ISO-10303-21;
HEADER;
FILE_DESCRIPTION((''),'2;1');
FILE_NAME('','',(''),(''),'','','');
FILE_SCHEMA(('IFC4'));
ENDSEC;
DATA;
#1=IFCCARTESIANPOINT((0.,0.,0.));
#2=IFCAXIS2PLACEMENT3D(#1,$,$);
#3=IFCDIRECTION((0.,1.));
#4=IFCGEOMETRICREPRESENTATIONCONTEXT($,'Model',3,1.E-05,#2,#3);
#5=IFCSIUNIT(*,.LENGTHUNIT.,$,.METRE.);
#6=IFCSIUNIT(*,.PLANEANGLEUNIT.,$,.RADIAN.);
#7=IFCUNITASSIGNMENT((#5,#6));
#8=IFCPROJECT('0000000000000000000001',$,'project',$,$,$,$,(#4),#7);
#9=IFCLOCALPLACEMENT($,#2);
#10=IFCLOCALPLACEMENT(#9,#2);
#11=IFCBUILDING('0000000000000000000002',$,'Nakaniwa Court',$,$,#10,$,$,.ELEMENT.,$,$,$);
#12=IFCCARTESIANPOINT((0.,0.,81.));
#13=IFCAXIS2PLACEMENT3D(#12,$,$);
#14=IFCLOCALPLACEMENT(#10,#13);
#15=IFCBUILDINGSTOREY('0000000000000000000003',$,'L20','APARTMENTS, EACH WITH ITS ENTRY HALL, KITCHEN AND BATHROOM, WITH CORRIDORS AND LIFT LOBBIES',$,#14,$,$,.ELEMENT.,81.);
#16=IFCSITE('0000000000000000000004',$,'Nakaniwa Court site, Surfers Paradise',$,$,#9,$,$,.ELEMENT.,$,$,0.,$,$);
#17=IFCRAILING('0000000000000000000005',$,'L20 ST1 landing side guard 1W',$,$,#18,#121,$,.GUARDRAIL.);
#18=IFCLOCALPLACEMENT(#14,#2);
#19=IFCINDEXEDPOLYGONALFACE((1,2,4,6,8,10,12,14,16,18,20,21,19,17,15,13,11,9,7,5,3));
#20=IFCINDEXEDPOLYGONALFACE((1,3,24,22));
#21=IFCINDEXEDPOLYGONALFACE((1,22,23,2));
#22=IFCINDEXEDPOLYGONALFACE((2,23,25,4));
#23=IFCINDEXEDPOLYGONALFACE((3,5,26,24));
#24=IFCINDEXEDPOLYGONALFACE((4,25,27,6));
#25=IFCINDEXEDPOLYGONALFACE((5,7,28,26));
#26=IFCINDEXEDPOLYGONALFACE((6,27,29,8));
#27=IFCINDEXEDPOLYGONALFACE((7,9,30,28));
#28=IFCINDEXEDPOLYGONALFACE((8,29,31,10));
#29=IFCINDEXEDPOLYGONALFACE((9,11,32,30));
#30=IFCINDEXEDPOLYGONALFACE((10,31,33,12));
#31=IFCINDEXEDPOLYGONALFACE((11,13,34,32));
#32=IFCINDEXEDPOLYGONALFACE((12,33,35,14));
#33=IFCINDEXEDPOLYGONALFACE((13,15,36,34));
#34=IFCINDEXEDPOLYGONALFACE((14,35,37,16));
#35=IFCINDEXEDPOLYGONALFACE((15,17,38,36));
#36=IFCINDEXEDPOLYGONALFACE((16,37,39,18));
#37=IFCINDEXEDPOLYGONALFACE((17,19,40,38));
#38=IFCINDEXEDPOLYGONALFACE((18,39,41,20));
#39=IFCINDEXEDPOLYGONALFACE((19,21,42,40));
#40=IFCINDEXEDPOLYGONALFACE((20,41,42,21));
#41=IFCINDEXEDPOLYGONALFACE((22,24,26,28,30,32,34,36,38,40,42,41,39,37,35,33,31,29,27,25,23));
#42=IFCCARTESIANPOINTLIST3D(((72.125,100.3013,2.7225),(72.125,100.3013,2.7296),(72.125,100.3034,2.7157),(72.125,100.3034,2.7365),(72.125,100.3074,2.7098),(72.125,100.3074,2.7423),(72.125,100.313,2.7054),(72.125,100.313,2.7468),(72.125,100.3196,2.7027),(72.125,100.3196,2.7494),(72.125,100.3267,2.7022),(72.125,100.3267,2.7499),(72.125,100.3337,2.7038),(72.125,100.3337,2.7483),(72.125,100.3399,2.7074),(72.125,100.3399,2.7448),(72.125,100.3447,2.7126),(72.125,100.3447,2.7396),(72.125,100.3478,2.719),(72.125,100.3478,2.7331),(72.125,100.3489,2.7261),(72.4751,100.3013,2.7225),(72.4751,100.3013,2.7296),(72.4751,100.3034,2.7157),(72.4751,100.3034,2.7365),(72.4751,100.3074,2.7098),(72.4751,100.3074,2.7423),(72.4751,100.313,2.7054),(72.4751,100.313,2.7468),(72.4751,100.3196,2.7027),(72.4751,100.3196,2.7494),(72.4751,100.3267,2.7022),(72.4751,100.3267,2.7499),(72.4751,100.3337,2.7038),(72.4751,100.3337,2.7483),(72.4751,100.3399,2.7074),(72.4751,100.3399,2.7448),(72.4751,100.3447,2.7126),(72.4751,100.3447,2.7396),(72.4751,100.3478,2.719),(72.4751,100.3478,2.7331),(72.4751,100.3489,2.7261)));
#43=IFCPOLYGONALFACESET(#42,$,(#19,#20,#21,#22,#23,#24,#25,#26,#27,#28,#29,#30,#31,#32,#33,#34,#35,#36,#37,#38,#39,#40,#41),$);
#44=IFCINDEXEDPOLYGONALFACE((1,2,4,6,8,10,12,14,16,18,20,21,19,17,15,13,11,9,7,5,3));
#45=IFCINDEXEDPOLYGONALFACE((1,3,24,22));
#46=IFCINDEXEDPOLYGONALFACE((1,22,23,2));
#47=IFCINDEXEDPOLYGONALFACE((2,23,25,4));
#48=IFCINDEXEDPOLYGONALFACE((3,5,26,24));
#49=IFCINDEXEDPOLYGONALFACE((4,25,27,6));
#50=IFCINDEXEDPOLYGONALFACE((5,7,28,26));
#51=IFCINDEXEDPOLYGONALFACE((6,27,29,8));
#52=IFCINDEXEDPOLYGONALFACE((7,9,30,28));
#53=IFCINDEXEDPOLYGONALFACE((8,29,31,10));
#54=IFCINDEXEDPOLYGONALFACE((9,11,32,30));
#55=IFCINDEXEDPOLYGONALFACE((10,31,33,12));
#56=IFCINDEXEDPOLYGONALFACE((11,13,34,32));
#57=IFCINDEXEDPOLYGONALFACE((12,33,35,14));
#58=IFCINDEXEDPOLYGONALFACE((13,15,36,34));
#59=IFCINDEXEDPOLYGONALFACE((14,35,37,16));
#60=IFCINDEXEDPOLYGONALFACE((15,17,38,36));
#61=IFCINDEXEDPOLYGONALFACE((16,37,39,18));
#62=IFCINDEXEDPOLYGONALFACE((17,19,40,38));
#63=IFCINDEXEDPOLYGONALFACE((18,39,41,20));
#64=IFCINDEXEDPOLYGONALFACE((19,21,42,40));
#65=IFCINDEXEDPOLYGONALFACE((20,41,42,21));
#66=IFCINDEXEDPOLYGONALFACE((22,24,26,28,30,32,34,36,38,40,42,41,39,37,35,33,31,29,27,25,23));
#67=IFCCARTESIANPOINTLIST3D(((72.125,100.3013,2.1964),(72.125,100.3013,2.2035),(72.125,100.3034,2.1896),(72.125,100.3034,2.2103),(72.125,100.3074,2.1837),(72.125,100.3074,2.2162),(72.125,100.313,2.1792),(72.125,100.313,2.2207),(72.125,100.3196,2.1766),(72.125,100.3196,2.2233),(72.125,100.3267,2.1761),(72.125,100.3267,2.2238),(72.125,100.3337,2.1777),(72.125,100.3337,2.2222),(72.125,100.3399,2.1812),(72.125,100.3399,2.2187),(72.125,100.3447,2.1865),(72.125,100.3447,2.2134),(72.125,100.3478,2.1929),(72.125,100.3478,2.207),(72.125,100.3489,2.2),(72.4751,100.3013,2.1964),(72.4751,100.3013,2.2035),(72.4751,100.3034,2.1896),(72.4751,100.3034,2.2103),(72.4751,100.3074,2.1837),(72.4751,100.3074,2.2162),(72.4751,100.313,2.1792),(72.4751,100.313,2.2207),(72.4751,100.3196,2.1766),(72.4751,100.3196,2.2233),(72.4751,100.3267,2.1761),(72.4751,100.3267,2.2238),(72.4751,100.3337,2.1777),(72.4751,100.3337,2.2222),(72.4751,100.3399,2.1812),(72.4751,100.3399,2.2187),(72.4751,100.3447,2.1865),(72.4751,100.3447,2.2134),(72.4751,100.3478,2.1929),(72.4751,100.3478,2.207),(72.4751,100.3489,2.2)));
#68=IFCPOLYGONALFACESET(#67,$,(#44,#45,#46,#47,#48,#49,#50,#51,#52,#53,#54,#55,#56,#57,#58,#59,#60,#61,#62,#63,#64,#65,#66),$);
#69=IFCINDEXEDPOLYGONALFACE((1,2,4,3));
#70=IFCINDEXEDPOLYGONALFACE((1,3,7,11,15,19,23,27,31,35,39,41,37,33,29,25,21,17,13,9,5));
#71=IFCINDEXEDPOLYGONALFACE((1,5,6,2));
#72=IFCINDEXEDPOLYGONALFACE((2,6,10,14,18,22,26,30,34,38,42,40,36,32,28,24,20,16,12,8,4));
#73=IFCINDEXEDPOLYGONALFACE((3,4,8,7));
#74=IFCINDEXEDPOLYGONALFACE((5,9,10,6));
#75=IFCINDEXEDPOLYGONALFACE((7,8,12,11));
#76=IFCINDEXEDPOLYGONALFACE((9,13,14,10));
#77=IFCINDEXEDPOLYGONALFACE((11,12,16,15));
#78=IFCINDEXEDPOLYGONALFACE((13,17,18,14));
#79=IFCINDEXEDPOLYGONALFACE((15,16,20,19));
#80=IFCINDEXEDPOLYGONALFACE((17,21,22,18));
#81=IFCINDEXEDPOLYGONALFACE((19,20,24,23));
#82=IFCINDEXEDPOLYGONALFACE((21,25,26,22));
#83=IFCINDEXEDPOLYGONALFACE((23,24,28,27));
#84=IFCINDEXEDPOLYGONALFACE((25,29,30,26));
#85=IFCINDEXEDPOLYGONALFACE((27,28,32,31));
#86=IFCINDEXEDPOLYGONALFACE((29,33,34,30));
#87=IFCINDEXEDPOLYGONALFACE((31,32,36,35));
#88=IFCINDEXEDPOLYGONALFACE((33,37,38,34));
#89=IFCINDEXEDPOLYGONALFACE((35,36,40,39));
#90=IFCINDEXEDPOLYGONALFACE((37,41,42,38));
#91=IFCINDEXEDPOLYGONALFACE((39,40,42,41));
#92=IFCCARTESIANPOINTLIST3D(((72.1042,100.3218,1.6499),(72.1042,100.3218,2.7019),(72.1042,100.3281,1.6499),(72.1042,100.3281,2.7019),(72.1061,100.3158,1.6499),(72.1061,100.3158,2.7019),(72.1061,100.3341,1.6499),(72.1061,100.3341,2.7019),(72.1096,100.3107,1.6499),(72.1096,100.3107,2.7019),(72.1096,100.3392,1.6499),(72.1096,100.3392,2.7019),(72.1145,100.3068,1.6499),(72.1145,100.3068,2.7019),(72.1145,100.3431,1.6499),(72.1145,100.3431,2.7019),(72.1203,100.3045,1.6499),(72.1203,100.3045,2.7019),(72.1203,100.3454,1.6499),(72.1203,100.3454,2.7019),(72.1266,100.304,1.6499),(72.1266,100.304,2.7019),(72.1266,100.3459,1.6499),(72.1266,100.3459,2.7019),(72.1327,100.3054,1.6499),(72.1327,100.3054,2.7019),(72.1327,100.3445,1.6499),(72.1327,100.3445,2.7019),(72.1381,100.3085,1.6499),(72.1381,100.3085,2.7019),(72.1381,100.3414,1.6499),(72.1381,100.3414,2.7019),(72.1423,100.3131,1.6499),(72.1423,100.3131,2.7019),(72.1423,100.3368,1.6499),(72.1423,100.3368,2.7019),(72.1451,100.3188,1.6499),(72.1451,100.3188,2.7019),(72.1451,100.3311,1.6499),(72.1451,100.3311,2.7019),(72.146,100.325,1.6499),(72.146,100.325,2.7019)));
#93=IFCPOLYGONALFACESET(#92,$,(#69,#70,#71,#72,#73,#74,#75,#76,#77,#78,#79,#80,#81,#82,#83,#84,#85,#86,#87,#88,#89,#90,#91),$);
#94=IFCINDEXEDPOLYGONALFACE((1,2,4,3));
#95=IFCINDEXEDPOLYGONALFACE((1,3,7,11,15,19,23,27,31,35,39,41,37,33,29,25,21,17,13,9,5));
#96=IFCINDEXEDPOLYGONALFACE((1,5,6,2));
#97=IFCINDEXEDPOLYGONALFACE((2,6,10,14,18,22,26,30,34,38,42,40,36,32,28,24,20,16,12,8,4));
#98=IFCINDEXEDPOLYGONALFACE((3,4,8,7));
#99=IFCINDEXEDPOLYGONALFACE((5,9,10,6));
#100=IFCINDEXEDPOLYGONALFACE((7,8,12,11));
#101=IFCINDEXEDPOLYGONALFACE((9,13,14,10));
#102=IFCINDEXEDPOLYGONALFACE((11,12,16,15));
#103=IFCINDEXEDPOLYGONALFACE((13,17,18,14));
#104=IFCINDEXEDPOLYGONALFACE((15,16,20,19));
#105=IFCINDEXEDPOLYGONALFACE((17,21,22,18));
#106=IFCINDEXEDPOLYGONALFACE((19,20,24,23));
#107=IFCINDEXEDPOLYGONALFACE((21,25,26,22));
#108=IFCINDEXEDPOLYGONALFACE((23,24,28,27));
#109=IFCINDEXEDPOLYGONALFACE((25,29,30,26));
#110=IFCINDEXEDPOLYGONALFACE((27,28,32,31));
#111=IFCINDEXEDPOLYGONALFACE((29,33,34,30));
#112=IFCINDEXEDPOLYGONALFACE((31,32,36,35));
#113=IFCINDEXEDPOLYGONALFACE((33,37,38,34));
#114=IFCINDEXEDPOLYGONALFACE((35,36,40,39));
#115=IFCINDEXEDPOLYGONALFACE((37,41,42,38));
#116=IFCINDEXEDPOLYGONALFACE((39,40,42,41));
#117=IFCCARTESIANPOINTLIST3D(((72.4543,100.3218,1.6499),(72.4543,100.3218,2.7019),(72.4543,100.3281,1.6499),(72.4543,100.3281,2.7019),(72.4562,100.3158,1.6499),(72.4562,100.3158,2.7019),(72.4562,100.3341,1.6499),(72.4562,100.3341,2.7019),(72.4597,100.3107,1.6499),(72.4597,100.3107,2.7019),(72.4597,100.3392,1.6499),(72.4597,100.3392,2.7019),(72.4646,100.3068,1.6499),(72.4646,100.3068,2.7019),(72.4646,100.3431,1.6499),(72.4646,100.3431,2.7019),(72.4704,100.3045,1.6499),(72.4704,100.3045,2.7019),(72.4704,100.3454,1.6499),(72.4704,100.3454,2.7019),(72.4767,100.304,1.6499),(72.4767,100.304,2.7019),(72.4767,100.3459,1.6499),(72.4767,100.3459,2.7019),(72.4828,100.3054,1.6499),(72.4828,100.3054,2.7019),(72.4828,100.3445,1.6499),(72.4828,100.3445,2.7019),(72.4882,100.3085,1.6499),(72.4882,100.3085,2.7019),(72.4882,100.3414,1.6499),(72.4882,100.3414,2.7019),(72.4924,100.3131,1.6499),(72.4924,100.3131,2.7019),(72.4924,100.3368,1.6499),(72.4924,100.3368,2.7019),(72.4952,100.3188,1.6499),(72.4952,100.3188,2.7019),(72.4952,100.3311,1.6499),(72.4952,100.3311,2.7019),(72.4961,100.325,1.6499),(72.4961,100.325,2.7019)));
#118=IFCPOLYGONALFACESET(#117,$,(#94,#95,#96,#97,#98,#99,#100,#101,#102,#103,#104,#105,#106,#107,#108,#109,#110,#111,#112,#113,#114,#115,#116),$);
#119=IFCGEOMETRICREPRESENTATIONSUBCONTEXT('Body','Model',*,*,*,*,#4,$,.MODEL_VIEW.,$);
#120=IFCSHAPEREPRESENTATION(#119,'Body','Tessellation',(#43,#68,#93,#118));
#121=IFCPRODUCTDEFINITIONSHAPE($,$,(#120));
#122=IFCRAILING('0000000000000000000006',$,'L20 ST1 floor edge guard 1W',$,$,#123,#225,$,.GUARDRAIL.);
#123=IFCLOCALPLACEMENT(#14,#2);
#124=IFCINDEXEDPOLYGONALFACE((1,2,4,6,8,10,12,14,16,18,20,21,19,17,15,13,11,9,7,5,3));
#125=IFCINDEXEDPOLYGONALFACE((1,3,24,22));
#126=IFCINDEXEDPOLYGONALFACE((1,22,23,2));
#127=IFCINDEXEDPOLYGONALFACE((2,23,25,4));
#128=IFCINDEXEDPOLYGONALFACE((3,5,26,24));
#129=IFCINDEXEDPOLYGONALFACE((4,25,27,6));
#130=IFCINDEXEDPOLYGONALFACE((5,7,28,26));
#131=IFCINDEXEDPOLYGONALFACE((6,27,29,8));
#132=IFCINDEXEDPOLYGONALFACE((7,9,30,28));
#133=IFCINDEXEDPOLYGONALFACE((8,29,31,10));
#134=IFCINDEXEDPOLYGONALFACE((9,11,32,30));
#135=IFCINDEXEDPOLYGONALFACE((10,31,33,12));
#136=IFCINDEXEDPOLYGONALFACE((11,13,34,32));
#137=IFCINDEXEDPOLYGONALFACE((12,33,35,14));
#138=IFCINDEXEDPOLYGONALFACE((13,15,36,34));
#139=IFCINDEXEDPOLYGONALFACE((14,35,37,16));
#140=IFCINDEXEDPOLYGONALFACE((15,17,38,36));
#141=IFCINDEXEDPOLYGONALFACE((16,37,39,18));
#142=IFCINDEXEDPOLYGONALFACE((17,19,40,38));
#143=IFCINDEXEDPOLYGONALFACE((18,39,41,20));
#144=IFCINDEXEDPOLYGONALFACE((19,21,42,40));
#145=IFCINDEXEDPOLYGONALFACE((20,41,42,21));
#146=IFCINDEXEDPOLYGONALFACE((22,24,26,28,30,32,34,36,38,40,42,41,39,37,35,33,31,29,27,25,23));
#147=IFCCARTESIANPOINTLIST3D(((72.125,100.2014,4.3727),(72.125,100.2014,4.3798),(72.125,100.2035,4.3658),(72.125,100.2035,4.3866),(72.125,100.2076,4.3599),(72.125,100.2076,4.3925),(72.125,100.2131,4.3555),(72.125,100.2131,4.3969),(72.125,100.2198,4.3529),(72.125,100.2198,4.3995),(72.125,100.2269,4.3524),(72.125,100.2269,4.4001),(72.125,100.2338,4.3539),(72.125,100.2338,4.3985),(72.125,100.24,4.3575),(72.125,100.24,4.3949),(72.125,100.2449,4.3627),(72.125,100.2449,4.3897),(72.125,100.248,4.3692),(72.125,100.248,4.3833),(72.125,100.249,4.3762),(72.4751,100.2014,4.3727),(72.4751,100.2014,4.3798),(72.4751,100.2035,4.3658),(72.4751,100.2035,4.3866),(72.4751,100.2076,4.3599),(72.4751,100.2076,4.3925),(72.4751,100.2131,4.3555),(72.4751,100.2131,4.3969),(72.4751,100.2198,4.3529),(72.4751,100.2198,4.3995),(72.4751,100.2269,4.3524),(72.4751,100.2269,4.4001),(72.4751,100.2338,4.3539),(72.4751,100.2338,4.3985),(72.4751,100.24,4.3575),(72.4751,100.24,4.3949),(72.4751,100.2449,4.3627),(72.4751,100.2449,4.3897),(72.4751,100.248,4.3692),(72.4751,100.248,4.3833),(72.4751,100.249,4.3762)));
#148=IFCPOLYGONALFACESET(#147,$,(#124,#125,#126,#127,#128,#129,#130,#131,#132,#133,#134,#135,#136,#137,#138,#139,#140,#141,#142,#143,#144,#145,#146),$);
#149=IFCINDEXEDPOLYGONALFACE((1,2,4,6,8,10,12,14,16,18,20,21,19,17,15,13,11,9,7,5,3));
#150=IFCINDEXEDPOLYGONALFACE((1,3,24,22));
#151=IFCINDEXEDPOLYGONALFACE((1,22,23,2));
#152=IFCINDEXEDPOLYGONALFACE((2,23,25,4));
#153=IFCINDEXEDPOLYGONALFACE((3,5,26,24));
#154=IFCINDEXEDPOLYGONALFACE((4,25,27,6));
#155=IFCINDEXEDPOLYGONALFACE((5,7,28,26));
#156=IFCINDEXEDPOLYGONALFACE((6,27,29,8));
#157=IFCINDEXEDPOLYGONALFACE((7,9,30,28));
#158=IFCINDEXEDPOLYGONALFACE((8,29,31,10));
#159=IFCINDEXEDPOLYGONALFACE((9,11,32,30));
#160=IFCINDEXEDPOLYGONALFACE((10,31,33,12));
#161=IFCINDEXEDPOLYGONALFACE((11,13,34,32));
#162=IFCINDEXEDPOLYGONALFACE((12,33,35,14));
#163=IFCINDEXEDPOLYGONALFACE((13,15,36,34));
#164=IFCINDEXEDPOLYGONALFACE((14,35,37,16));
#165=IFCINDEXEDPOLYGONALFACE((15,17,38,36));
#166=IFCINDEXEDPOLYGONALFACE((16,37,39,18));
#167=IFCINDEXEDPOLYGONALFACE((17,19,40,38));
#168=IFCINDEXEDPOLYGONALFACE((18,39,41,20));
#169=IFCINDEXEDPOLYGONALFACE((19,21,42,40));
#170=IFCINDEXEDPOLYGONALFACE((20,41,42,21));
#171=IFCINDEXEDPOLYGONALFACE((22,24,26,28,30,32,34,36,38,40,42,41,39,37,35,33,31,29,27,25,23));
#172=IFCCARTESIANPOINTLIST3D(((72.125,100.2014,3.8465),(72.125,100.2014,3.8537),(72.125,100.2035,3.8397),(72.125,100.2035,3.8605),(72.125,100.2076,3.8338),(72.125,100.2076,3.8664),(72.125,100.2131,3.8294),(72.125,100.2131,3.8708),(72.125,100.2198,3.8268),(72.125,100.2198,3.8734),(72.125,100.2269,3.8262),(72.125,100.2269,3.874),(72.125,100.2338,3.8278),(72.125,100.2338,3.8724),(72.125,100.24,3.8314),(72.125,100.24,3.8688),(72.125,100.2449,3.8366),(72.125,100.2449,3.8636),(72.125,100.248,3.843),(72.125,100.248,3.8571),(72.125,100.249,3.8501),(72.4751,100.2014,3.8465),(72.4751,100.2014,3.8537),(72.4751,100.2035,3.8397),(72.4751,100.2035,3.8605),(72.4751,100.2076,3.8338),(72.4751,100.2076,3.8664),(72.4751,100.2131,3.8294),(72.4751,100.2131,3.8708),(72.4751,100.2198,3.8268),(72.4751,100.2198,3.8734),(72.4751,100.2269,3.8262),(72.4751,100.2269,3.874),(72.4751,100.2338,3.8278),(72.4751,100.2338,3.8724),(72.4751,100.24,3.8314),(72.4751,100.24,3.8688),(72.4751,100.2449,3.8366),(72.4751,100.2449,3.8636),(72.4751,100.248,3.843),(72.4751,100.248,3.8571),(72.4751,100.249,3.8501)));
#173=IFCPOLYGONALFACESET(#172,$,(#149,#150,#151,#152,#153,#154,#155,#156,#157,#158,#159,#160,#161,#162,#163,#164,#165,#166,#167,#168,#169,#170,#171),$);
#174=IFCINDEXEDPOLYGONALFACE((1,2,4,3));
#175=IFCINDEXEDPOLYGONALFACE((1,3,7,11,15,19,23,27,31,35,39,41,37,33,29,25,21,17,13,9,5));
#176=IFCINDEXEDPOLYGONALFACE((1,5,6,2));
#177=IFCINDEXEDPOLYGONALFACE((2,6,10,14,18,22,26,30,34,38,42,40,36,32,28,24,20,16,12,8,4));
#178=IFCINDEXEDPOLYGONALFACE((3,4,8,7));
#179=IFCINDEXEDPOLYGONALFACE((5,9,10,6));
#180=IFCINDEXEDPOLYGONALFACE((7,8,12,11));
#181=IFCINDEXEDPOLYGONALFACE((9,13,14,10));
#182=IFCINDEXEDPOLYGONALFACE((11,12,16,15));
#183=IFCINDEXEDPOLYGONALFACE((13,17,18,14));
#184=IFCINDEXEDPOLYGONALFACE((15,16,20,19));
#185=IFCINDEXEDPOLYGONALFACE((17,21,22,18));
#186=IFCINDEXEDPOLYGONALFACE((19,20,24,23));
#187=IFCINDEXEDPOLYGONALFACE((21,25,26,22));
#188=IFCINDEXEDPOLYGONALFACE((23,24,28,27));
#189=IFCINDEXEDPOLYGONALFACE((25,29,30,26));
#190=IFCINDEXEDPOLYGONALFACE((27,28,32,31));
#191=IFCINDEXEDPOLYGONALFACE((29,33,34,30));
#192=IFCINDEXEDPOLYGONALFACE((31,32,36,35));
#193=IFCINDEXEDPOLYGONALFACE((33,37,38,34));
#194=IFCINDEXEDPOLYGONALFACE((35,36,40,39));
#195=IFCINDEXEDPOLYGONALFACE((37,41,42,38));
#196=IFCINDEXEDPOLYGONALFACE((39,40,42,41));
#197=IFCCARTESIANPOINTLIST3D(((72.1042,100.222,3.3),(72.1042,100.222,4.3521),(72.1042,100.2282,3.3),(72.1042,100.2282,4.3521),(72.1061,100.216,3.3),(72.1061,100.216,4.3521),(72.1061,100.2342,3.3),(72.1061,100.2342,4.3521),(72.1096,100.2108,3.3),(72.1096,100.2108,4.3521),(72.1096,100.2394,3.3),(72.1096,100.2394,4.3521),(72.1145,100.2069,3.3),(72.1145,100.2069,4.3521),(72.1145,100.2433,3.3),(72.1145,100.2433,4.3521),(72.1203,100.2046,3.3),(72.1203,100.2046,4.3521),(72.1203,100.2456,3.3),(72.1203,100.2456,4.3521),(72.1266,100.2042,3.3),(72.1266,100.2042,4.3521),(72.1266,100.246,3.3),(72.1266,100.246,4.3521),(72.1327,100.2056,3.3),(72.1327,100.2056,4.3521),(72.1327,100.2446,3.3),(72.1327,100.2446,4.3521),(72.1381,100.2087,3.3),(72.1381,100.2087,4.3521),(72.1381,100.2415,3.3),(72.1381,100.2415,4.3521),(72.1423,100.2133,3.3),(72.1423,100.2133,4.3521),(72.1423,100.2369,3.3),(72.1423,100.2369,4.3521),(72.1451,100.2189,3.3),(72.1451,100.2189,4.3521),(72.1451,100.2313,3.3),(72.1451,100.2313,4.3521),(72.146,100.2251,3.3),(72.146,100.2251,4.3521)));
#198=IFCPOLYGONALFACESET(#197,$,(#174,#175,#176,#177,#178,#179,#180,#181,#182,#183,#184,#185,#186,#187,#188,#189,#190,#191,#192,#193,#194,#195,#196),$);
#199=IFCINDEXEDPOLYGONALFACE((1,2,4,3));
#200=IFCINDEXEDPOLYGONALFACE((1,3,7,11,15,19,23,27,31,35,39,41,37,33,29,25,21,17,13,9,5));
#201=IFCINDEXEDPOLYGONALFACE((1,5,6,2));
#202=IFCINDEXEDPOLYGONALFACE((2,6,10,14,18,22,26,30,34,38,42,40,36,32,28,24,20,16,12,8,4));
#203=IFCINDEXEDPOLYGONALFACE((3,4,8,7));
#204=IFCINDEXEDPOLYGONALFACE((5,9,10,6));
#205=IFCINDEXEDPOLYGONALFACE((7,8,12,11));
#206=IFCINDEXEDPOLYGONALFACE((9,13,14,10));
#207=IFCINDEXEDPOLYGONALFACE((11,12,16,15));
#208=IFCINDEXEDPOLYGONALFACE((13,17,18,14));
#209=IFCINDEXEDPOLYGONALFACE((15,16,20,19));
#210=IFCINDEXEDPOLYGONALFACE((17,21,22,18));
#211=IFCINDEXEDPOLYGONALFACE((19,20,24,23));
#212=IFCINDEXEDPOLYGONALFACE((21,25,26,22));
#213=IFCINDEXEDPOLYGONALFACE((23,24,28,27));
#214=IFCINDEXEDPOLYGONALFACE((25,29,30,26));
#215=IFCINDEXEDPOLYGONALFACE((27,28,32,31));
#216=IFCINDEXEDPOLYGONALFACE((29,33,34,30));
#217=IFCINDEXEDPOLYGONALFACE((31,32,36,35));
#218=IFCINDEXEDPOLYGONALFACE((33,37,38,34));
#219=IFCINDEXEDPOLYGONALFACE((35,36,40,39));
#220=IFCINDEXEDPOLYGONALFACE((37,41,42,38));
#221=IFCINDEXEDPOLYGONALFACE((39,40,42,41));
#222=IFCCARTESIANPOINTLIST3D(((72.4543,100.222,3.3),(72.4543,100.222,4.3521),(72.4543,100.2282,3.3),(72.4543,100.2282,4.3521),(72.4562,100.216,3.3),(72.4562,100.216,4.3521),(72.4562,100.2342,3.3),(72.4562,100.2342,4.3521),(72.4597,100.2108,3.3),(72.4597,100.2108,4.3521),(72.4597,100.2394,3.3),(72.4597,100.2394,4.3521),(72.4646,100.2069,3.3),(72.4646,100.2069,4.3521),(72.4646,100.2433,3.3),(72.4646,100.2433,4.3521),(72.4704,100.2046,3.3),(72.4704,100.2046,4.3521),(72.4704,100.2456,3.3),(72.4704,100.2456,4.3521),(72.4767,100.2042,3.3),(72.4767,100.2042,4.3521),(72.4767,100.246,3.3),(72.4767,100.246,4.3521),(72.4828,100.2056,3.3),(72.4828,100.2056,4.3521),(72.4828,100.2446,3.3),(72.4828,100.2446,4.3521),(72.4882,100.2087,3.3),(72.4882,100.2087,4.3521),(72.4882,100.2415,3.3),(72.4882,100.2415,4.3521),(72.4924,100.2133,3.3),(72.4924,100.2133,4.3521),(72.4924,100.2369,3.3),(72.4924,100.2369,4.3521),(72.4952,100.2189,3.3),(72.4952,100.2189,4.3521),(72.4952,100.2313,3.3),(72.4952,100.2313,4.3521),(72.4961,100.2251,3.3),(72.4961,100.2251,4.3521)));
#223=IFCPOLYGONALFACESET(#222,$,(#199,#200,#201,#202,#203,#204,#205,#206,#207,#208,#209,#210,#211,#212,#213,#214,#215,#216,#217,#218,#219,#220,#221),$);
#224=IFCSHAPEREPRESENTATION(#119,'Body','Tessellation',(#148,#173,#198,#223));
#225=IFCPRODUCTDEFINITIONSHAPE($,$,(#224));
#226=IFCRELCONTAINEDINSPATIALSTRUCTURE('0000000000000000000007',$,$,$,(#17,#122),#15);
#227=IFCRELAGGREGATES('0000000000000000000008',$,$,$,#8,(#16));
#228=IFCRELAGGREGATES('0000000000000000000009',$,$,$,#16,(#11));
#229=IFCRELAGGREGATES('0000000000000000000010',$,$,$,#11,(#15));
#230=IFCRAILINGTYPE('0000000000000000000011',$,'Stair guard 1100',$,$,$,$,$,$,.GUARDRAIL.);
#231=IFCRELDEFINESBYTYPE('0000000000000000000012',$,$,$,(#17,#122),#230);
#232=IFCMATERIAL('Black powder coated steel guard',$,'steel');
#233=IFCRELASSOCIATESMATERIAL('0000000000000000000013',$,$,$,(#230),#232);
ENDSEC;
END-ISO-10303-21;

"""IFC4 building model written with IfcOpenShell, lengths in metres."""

from ifc_helpers import new_model, si_unit, direction, frame, origin, origin_2d, place, context, subcontext, project, spatial, circle, extrude, material, type_object, element, save


model = new_model("IFC4")

# Units and contexts
model_context = context("Model", 3, precision=1e-05, world=origin(), true_north=direction((0.0, 1.0)))
body_context = subcontext(model_context, "Body", "Model", "MODEL_VIEW")
ifc_project = project(units=[si_unit("LENGTHUNIT", "METRE"), si_unit("PLANEANGLEUNIT", "RADIAN")], contexts=[model_context])

# Site, building, storey
site_placement = place(None, origin())
site = spatial("IfcSite", under=ifc_project, at=site_placement, Name="Nakaniwa Court site, Surfers Paradise", CompositionType="ELEMENT", RefElevation=0.0)
building_placement = place(site_placement, origin())
building = spatial("IfcBuilding", under=site, at=building_placement, Name="Nakaniwa Court", CompositionType="ELEMENT")
storey_placement = place(building_placement, frame((0.0, 0.0, 81.0)))
storey = spatial("IfcBuildingStorey", under=building, at=storey_placement, Name="L20", Description="APARTMENTS, EACH WITH ITS ENTRY HALL, KITCHEN AND BATHROOM, WITH CORRIDORS AND LIFT LOBBIES", CompositionType="ELEMENT", Elevation=81.0)

# Railings
ifc_material_1 = material(Name="Black powder coated steel guard", Category="steel")
railing_type_1 = type_object("IfcRailingType", Name="Stair guard 1100", PredefinedType="GUARDRAIL", material=ifc_material_1)
for number, where, name in (
    (1, (72.125, 100.325, 1.6499), "L20 ST1 landing side guard 1W"),
    (2, (72.125, 100.2251, 3.3), "L20 ST1 floor edge guard 1W"),
):
    element("IfcRailing", number, at=place(storey_placement, frame(where)), inside=storey, type_object=railing_type_1, Name=name, PredefinedType="GUARDRAIL", context=body_context, shape_type="SweptSolid", body=[
        extrude(circle(Radius=0.0239, at=origin_2d()), frame((0.0, 0.0, 1.0762), z_axis=(1.0, 0.0, 0.0), x_axis=(0.0, 1.0, 0.0)), (0.0, 0.0, 1.0), 0.3501),
        extrude(circle(Radius=0.0239, at=origin_2d()), frame((0.0, 0.0, 0.55), z_axis=(1.0, 0.0, 0.0), x_axis=(0.0, 1.0, 0.0)), (0.0, 0.0, 1.0), 0.3501),
        extrude(circle(Radius=0.021, at=origin_2d()), origin(), (0.0, 0.0, 1.0), 1.052),
        extrude(circle(Radius=0.021, at=origin_2d()), frame((0.3501, 0.0, 0.0)), (0.0, 0.0, 1.0), 1.052),
    ])

save(model, "model.ifc")
